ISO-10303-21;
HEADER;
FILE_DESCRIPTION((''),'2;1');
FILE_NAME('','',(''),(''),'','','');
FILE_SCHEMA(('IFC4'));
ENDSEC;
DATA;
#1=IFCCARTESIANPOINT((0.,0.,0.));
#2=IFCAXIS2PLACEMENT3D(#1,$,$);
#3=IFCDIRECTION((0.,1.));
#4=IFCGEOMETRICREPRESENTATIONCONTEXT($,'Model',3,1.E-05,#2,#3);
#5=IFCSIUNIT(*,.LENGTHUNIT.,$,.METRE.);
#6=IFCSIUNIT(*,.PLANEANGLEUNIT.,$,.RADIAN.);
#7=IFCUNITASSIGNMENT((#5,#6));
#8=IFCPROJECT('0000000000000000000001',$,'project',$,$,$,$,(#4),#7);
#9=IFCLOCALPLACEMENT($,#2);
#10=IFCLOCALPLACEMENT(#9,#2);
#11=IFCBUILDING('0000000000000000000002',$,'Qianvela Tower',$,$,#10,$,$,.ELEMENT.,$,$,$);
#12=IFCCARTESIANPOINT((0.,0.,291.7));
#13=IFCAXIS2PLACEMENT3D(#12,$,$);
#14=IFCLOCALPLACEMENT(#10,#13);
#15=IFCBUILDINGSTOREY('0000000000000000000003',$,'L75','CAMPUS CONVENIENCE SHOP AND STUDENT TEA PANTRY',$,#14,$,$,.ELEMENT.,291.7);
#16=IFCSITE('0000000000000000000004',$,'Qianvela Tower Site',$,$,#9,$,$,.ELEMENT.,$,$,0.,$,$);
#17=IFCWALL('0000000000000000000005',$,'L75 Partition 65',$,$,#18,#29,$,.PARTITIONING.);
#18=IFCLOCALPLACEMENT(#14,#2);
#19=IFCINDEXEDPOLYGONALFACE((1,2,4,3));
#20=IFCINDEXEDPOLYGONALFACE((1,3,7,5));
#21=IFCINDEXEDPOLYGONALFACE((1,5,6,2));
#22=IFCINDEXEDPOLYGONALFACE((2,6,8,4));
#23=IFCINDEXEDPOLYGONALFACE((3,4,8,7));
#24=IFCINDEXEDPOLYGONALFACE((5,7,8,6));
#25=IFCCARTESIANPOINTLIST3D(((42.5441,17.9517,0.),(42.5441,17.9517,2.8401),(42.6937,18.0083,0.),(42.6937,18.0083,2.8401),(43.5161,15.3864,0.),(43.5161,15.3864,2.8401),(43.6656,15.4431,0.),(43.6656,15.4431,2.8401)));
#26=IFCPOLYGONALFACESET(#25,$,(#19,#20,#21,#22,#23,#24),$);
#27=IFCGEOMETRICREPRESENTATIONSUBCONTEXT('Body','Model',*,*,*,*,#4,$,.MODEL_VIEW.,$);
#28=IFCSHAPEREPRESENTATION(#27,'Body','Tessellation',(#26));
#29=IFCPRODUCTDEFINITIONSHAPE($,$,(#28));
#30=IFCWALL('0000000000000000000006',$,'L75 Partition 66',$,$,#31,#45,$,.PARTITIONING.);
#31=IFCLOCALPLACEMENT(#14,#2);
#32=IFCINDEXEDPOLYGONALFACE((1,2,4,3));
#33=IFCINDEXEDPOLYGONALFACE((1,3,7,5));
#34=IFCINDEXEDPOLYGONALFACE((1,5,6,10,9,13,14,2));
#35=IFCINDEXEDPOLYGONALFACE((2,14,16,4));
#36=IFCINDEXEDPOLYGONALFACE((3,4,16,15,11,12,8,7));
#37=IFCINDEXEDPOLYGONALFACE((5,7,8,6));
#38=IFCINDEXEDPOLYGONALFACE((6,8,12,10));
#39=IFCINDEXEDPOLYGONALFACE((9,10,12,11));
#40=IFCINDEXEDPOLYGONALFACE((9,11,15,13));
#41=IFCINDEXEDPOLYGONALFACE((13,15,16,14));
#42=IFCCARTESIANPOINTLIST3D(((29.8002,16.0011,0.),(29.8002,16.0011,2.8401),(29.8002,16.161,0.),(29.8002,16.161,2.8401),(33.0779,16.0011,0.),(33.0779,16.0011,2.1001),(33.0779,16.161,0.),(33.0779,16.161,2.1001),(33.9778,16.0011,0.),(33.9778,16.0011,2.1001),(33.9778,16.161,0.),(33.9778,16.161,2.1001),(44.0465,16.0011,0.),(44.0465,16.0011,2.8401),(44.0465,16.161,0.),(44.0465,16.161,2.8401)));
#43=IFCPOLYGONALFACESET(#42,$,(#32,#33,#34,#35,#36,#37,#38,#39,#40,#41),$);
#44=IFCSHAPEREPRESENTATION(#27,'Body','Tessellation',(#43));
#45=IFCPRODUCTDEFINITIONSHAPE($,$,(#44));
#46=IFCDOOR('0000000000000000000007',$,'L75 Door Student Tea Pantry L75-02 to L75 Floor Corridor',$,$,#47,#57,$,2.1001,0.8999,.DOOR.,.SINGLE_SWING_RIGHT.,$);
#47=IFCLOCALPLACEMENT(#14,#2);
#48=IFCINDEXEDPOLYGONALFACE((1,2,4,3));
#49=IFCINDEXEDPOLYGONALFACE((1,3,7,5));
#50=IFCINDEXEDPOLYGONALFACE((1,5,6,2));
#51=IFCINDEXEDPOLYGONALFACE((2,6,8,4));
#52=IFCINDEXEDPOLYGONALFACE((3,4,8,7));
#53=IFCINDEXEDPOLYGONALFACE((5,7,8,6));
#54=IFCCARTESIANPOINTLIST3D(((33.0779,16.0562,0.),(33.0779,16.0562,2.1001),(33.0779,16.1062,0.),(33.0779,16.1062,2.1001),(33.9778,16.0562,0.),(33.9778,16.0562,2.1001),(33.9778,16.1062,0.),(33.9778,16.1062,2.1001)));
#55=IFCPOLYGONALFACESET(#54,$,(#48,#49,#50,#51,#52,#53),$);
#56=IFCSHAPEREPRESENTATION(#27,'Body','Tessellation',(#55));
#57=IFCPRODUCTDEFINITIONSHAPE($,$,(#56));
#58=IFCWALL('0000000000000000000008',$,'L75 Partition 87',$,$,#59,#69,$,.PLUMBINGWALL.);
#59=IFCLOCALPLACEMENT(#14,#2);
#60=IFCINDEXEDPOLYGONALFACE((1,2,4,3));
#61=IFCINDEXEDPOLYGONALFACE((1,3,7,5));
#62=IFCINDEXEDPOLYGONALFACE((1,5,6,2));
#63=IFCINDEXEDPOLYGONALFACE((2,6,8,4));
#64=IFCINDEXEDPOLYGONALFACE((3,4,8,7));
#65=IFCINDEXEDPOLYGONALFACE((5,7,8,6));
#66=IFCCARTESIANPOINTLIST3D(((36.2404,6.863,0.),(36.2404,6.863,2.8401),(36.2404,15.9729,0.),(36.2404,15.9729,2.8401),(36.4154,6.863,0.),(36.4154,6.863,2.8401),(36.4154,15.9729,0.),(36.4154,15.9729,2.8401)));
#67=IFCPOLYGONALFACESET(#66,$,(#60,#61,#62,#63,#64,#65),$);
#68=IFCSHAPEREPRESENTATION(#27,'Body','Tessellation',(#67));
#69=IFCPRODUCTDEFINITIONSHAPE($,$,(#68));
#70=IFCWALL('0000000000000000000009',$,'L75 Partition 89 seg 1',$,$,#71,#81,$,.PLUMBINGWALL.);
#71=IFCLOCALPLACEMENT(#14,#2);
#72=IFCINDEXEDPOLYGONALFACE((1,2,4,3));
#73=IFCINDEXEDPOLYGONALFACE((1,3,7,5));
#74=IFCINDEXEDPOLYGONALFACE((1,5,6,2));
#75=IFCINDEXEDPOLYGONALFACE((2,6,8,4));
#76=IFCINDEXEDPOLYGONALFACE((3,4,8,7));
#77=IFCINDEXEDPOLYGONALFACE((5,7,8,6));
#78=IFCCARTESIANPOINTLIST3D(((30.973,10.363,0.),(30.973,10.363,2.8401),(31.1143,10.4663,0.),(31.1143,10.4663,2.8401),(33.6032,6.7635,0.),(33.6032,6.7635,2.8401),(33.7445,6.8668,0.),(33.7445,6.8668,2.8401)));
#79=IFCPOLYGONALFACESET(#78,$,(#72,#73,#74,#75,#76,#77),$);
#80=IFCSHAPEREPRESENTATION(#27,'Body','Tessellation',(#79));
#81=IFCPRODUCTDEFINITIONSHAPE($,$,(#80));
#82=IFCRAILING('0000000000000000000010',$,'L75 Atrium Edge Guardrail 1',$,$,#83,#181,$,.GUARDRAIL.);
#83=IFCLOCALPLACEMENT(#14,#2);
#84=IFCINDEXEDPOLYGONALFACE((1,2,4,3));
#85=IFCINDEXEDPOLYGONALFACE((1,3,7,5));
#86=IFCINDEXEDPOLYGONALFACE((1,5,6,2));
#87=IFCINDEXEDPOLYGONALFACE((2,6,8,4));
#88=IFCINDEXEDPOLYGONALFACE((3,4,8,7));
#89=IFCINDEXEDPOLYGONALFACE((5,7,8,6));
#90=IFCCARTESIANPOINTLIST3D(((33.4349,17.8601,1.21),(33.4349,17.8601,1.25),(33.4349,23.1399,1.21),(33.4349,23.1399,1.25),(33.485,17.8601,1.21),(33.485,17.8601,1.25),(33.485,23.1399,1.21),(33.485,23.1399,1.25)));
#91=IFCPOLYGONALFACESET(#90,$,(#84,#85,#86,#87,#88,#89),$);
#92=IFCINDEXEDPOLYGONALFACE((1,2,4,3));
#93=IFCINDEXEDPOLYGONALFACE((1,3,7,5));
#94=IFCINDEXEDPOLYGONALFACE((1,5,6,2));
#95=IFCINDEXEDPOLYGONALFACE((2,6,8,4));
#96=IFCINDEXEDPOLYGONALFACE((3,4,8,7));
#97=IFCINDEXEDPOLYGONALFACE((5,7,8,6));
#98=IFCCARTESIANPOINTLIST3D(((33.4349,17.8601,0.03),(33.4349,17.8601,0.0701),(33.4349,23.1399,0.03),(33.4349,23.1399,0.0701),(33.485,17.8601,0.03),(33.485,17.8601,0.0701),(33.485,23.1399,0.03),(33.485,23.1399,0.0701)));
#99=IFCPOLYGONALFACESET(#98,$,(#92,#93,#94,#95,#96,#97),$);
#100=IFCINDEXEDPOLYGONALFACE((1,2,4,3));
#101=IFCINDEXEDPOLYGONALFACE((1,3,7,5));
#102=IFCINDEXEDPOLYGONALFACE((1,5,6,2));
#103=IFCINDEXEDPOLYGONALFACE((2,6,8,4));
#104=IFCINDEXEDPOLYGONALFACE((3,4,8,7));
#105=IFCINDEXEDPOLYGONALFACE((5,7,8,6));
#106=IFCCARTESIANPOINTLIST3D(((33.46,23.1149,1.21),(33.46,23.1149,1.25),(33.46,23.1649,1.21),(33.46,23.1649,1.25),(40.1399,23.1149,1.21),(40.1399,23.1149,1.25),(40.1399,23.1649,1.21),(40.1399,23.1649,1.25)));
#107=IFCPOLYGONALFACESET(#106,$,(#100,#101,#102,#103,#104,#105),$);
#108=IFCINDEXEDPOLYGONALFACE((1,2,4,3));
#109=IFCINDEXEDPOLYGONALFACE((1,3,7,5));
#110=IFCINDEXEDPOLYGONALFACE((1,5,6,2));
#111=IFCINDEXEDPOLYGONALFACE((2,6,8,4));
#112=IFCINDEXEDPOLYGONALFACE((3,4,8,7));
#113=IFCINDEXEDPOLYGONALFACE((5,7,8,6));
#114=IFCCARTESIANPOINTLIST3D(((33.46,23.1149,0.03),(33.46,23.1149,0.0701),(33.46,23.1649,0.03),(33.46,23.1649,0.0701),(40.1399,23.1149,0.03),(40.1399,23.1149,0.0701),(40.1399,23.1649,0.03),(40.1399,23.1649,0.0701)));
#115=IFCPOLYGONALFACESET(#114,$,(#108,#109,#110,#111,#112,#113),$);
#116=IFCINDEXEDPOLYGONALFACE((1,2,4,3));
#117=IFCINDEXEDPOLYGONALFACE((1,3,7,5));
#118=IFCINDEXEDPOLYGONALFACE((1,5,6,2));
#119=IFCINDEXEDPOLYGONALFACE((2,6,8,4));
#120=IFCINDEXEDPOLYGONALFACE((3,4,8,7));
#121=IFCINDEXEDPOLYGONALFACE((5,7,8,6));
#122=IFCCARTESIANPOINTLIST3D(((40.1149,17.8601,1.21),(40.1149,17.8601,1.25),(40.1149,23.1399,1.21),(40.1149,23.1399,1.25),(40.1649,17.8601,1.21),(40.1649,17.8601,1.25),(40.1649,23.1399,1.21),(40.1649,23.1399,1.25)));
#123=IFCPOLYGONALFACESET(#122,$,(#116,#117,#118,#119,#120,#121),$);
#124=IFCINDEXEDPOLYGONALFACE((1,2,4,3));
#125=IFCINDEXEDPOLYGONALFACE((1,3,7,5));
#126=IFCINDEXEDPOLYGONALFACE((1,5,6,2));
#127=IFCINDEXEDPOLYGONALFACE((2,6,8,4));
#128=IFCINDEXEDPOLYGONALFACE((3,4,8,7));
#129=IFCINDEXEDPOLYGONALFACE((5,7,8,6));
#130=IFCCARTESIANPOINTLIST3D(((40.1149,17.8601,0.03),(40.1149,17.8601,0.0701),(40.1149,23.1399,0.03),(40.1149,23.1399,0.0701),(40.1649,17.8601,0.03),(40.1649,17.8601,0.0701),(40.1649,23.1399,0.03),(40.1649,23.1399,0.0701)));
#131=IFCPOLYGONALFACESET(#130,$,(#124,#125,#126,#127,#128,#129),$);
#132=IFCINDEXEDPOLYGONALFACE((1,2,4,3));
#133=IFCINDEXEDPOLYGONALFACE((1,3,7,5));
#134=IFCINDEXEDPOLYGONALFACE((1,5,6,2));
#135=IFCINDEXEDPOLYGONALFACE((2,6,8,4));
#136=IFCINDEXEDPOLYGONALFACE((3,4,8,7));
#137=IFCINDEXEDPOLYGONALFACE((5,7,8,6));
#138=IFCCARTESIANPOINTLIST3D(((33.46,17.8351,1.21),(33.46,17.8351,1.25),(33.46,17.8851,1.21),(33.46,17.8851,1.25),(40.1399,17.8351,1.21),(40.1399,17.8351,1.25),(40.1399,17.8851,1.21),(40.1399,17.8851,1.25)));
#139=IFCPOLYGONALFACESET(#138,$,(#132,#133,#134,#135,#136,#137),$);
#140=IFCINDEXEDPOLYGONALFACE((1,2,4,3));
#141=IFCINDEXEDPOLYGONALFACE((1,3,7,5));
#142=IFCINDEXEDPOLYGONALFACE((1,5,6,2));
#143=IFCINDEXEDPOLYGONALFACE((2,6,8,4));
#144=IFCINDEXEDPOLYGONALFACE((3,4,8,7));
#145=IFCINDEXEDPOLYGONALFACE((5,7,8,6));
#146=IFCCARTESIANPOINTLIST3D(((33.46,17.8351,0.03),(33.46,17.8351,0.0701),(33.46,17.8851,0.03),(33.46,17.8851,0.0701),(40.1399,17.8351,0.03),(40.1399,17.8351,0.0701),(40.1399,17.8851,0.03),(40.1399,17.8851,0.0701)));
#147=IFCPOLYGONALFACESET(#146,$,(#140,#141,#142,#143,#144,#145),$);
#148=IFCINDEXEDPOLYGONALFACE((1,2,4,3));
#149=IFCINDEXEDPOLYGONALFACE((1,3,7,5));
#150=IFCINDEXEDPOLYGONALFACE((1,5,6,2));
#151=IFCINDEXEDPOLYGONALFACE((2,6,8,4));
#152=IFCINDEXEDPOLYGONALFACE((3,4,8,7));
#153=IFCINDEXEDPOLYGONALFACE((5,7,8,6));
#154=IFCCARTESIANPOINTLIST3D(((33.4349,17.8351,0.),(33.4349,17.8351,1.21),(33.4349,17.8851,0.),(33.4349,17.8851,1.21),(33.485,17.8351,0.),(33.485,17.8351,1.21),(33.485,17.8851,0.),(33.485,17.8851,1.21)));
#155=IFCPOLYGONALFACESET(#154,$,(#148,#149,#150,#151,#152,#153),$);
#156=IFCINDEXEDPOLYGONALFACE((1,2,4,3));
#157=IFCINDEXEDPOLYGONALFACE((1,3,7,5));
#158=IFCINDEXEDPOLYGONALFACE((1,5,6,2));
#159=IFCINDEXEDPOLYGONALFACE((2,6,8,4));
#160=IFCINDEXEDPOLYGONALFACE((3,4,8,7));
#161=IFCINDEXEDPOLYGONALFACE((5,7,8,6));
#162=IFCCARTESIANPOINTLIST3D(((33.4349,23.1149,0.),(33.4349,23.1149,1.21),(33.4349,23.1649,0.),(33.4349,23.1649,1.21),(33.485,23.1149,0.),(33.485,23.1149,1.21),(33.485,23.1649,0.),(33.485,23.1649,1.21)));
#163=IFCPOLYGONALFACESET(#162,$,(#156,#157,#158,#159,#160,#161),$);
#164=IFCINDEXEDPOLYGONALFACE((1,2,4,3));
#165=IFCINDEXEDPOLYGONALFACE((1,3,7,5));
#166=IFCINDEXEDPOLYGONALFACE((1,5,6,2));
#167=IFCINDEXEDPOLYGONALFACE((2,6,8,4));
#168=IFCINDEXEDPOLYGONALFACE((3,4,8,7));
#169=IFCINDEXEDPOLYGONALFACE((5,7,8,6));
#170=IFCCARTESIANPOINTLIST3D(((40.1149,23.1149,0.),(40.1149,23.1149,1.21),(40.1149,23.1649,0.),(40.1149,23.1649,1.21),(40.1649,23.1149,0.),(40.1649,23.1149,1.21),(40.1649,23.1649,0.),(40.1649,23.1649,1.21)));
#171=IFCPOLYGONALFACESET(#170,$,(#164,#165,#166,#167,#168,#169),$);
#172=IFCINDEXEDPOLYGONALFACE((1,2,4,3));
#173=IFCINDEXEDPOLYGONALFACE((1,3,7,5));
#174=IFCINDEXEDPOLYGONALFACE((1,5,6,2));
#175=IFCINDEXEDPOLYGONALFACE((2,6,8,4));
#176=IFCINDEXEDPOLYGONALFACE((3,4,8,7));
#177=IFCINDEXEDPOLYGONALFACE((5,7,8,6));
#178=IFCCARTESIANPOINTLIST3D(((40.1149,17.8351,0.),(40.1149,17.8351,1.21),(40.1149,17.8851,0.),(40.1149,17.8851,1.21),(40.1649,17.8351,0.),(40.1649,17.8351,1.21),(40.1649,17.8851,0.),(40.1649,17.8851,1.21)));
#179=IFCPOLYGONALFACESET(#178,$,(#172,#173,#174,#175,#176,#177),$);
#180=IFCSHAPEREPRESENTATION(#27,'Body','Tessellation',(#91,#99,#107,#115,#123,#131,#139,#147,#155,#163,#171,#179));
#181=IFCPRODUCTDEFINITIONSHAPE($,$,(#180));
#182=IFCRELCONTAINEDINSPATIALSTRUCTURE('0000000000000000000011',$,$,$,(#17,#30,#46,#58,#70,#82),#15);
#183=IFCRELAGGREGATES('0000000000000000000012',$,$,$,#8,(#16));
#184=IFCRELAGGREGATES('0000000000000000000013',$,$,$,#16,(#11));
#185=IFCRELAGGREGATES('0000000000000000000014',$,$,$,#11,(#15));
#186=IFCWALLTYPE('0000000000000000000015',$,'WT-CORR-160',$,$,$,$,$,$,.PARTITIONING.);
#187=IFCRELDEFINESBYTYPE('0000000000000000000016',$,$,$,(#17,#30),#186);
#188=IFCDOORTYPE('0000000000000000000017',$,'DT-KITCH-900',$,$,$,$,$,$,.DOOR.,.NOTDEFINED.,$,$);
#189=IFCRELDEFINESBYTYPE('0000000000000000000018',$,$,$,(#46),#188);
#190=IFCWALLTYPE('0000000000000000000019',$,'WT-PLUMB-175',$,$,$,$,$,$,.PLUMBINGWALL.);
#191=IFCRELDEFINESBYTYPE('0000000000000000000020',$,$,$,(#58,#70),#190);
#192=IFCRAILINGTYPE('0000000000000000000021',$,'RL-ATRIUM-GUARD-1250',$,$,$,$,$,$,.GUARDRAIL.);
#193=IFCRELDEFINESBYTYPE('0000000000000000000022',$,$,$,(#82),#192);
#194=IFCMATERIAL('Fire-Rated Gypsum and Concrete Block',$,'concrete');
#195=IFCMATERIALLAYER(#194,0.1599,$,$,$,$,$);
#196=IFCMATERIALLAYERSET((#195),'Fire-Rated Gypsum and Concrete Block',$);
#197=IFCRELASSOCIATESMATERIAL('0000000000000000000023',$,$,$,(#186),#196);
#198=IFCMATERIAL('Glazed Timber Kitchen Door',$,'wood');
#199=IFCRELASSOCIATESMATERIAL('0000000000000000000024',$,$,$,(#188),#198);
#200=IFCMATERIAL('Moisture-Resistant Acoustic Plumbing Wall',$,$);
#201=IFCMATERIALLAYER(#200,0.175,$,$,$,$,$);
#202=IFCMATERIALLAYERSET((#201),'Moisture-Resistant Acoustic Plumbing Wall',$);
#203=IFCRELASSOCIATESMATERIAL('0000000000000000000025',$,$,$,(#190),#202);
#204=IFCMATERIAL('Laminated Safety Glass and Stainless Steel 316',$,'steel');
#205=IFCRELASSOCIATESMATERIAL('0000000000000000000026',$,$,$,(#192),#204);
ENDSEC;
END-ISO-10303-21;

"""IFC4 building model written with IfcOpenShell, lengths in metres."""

from ifc_helpers import new_model, si_unit, direction, frame, frame_2d, origin, origin_2d, place, context, subcontext, project, spatial, rectangle, extrude, material, layer, layer_set, type_object, element, fill, save


model = new_model("IFC4")

# Units and contexts
model_context = context("Model", 3, precision=1e-05, world=origin(), true_north=direction((0.0, 1.0)))
body_context = subcontext(model_context, "Body", "Model", "MODEL_VIEW")
ifc_project = project(units=[si_unit("LENGTHUNIT", "METRE"), si_unit("PLANEANGLEUNIT", "RADIAN")], contexts=[model_context])

# Site, building, storey
site_placement = place(None, origin())
site = spatial("IfcSite", under=ifc_project, at=site_placement, Name="Qianvela Tower Site", CompositionType="ELEMENT", RefElevation=0.0)
building_placement = place(site_placement, origin())
building = spatial("IfcBuilding", under=site, at=building_placement, Name="Qianvela Tower", CompositionType="ELEMENT")
storey_placement = place(building_placement, frame((0.0, 0.0, 291.7)))
storey = spatial("IfcBuildingStorey", under=building, at=storey_placement, Name="L75", Description="CAMPUS CONVENIENCE SHOP AND STUDENT TEA PANTRY", CompositionType="ELEMENT", Elevation=291.7)

# Wall
ifc_material_1 = material(Name="Fire-Rated Gypsum and Concrete Block", Category="concrete")
ifc_layer_1 = layer(ifc_material_1, 0.1599)
ifc_layer_set_1 = layer_set([ifc_layer_1], Name="Fire-Rated Gypsum and Concrete Block")
wall_type_1 = type_object("IfcWallType", Name="WT-CORR-160", PredefinedType="PARTITIONING", material=ifc_layer_set_1)
wall_1_placement = place(storey_placement, frame((42.6189, 17.98, 0.0), z_axis=(0.0, 0.0, 1.0), x_axis=(0.354311, -0.935128, 0.0)))
element("IfcWall", 1, at=wall_1_placement, inside=storey, type_object=wall_type_1, Name="L75 Partition 65", PredefinedType="PARTITIONING", context=body_context, shape_type="SweptSolid", body=[
    extrude(rectangle(XDim=2.7432, YDim=0.1599, at=frame_2d((1.3716, 0.0))), origin(), (0.0, 0.0, 1.0), 2.8401),
])

# Wall, opening, door
wall_2_placement = place(storey_placement, frame((44.0464, 16.0811, 0.0), z_axis=(0.0, 0.0, 1.0), x_axis=(-1.0, 0.0, 0.0)))
wall_2 = element("IfcWall", 2, at=wall_2_placement, inside=storey, type_object=wall_type_1, Name="L75 Partition 66", PredefinedType="PARTITIONING", context=body_context, shape_type="SweptSolid", body=[
    extrude(rectangle(XDim=14.2463, YDim=0.1599, at=frame_2d((7.123, 0.0))), origin(), (0.0, 0.0, 1.0), 2.8401),
])
opening_placement = place(wall_2_placement, frame((10.0686, 0.0, 0.0)))
opening = element("IfcOpeningElement", 3, at=opening_placement, cuts=wall_2, PredefinedType="OPENING", context=body_context, shape_type="SweptSolid", body=[
    extrude(rectangle(XDim=0.8999, YDim=2.1001, at=frame_2d((0.45, 1.05))), frame((0.0, 0.0898, 0.0), z_axis=(0.0, -1.0, 0.0), x_axis=(1.0, 0.0, 0.0)), (0.0, 0.0, 1.0), 0.1799),
])
ifc_material_2 = material(Name="Glazed Timber Kitchen Door", Category="wood")
door_type = type_object("IfcDoorType", Name="DT-KITCH-900", OperationType="NOTDEFINED", PredefinedType="DOOR", material=ifc_material_2)
door_placement = place(opening_placement, origin())
door = element("IfcDoor", 4, at=door_placement, inside=storey, type_object=door_type, Name="L75 Door Student Tea Pantry L75-02 to L75 Floor Corridor", OperationType="SINGLE_SWING_RIGHT", OverallHeight=2.1001, OverallWidth=0.8999, PredefinedType="DOOR", context=body_context, shape_type="SweptSolid", body=[
    extrude(rectangle(XDim=0.8999, YDim=2.1001, at=frame_2d((0.45, 1.05))), frame((0.0, 0.0249, 0.0), z_axis=(0.0, -1.0, 0.0), x_axis=(1.0, 0.0, 0.0)), (0.0, 0.0, 1.0), 0.05),
])
fill(opening, door)

# Walls
ifc_material_3 = material(Name="Moisture-Resistant Acoustic Plumbing Wall")
ifc_layer_2 = layer(ifc_material_3, 0.175)
ifc_layer_set_2 = layer_set([ifc_layer_2], Name="Moisture-Resistant Acoustic Plumbing Wall")
wall_type_2 = type_object("IfcWallType", Name="WT-PLUMB-175", PredefinedType="PLUMBINGWALL", material=ifc_layer_set_2)
wall_3_placement = place(storey_placement, frame((36.3279, 15.9729, 0.0), z_axis=(0.0, 0.0, 1.0), x_axis=(0.0, -1.0, 0.0)))
element("IfcWall", 5, at=wall_3_placement, inside=storey, type_object=wall_type_2, Name="L75 Partition 87", PredefinedType="PLUMBINGWALL", context=body_context, shape_type="SweptSolid", body=[
    extrude(rectangle(XDim=9.1099, YDim=0.175, at=frame_2d((4.5549, 0.0))), origin(), (0.0, 0.0, 1.0), 2.8401),
])
wall_4_placement = place(storey_placement, frame((33.6738, 6.8152, 0.0), z_axis=(0.0, 0.0, 1.0), x_axis=(-0.589991, 0.80741, 0.0)))
element("IfcWall", 6, at=wall_4_placement, inside=storey, type_object=wall_type_2, Name="L75 Partition 89 seg 1", PredefinedType="PLUMBINGWALL", context=body_context, shape_type="SweptSolid", body=[
    extrude(rectangle(XDim=4.458, YDim=0.175, at=frame_2d((2.229, 0.0))), origin(), (0.0, 0.0, 1.0), 2.8401),
])

# Railing
ifc_material_4 = material(Name="Laminated Safety Glass and Stainless Steel 316", Category="steel")
railing_type = type_object("IfcRailingType", Name="RL-ATRIUM-GUARD-1250", PredefinedType="GUARDRAIL", material=ifc_material_4)
railing_placement = place(storey_placement, frame((33.46, 17.8601, 0.0)))
element("IfcRailing", 7, at=railing_placement, inside=storey, type_object=railing_type, Name="L75 Atrium Edge Guardrail 1", PredefinedType="GUARDRAIL", context=body_context, shape_type="SweptSolid", body=[
    extrude(rectangle(XDim=0.05, YDim=0.04, at=origin_2d()), frame((0.0, 0.0, 1.23), z_axis=(0.0, 1.0, 0.0), x_axis=(-1.0, 0.0, 0.0)), (0.0, 0.0, 1.0), 5.2798),
    extrude(rectangle(XDim=0.05, YDim=0.04, at=origin_2d()), frame((0.0, 0.0, 0.05), z_axis=(0.0, 1.0, 0.0), x_axis=(-1.0, 0.0, 0.0)), (0.0, 0.0, 1.0), 5.2798),
    extrude(rectangle(XDim=0.05, YDim=0.04, at=origin_2d()), frame((0.0, 5.2798, 1.23), z_axis=(1.0, 0.0, 0.0), x_axis=(0.0, 1.0, 0.0)), (0.0, 0.0, 1.0), 6.6799),
    extrude(rectangle(XDim=0.05, YDim=0.04, at=origin_2d()), frame((0.0, 5.2798, 0.05), z_axis=(1.0, 0.0, 0.0), x_axis=(0.0, 1.0, 0.0)), (0.0, 0.0, 1.0), 6.6799),
    extrude(rectangle(XDim=0.05, YDim=0.04, at=origin_2d()), frame((6.6799, 5.2798, 1.23), z_axis=(0.0, -1.0, 0.0), x_axis=(1.0, 0.0, 0.0)), (0.0, 0.0, 1.0), 5.2798),
    extrude(rectangle(XDim=0.05, YDim=0.04, at=origin_2d()), frame((6.6799, 5.2798, 0.05), z_axis=(0.0, -1.0, 0.0), x_axis=(1.0, 0.0, 0.0)), (0.0, 0.0, 1.0), 5.2798),
    extrude(rectangle(XDim=0.05, YDim=0.04, at=origin_2d()), frame((6.6799, 0.0, 1.23), z_axis=(-1.0, 0.0, 0.0), x_axis=(0.0, -1.0, 0.0)), (0.0, 0.0, 1.0), 6.6799),
    extrude(rectangle(XDim=0.05, YDim=0.04, at=origin_2d()), frame((6.6799, 0.0, 0.05), z_axis=(-1.0, 0.0, 0.0), x_axis=(0.0, -1.0, 0.0)), (0.0, 0.0, 1.0), 6.6799),
    extrude(rectangle(XDim=0.05, YDim=0.05, at=origin_2d()), origin(), (0.0, 0.0, 1.0), 1.21),
    extrude(rectangle(XDim=0.05, YDim=0.05, at=origin_2d()), frame((0.0, 5.2798, 0.0)), (0.0, 0.0, 1.0), 1.21),
    extrude(rectangle(XDim=0.05, YDim=0.05, at=origin_2d()), frame((6.6799, 5.2798, 0.0)), (0.0, 0.0, 1.0), 1.21),
    extrude(rectangle(XDim=0.05, YDim=0.05, at=origin_2d()), frame((6.6799, 0.0, 0.0)), (0.0, 0.0, 1.0), 1.21),
])

save(model, "model.ifc")
